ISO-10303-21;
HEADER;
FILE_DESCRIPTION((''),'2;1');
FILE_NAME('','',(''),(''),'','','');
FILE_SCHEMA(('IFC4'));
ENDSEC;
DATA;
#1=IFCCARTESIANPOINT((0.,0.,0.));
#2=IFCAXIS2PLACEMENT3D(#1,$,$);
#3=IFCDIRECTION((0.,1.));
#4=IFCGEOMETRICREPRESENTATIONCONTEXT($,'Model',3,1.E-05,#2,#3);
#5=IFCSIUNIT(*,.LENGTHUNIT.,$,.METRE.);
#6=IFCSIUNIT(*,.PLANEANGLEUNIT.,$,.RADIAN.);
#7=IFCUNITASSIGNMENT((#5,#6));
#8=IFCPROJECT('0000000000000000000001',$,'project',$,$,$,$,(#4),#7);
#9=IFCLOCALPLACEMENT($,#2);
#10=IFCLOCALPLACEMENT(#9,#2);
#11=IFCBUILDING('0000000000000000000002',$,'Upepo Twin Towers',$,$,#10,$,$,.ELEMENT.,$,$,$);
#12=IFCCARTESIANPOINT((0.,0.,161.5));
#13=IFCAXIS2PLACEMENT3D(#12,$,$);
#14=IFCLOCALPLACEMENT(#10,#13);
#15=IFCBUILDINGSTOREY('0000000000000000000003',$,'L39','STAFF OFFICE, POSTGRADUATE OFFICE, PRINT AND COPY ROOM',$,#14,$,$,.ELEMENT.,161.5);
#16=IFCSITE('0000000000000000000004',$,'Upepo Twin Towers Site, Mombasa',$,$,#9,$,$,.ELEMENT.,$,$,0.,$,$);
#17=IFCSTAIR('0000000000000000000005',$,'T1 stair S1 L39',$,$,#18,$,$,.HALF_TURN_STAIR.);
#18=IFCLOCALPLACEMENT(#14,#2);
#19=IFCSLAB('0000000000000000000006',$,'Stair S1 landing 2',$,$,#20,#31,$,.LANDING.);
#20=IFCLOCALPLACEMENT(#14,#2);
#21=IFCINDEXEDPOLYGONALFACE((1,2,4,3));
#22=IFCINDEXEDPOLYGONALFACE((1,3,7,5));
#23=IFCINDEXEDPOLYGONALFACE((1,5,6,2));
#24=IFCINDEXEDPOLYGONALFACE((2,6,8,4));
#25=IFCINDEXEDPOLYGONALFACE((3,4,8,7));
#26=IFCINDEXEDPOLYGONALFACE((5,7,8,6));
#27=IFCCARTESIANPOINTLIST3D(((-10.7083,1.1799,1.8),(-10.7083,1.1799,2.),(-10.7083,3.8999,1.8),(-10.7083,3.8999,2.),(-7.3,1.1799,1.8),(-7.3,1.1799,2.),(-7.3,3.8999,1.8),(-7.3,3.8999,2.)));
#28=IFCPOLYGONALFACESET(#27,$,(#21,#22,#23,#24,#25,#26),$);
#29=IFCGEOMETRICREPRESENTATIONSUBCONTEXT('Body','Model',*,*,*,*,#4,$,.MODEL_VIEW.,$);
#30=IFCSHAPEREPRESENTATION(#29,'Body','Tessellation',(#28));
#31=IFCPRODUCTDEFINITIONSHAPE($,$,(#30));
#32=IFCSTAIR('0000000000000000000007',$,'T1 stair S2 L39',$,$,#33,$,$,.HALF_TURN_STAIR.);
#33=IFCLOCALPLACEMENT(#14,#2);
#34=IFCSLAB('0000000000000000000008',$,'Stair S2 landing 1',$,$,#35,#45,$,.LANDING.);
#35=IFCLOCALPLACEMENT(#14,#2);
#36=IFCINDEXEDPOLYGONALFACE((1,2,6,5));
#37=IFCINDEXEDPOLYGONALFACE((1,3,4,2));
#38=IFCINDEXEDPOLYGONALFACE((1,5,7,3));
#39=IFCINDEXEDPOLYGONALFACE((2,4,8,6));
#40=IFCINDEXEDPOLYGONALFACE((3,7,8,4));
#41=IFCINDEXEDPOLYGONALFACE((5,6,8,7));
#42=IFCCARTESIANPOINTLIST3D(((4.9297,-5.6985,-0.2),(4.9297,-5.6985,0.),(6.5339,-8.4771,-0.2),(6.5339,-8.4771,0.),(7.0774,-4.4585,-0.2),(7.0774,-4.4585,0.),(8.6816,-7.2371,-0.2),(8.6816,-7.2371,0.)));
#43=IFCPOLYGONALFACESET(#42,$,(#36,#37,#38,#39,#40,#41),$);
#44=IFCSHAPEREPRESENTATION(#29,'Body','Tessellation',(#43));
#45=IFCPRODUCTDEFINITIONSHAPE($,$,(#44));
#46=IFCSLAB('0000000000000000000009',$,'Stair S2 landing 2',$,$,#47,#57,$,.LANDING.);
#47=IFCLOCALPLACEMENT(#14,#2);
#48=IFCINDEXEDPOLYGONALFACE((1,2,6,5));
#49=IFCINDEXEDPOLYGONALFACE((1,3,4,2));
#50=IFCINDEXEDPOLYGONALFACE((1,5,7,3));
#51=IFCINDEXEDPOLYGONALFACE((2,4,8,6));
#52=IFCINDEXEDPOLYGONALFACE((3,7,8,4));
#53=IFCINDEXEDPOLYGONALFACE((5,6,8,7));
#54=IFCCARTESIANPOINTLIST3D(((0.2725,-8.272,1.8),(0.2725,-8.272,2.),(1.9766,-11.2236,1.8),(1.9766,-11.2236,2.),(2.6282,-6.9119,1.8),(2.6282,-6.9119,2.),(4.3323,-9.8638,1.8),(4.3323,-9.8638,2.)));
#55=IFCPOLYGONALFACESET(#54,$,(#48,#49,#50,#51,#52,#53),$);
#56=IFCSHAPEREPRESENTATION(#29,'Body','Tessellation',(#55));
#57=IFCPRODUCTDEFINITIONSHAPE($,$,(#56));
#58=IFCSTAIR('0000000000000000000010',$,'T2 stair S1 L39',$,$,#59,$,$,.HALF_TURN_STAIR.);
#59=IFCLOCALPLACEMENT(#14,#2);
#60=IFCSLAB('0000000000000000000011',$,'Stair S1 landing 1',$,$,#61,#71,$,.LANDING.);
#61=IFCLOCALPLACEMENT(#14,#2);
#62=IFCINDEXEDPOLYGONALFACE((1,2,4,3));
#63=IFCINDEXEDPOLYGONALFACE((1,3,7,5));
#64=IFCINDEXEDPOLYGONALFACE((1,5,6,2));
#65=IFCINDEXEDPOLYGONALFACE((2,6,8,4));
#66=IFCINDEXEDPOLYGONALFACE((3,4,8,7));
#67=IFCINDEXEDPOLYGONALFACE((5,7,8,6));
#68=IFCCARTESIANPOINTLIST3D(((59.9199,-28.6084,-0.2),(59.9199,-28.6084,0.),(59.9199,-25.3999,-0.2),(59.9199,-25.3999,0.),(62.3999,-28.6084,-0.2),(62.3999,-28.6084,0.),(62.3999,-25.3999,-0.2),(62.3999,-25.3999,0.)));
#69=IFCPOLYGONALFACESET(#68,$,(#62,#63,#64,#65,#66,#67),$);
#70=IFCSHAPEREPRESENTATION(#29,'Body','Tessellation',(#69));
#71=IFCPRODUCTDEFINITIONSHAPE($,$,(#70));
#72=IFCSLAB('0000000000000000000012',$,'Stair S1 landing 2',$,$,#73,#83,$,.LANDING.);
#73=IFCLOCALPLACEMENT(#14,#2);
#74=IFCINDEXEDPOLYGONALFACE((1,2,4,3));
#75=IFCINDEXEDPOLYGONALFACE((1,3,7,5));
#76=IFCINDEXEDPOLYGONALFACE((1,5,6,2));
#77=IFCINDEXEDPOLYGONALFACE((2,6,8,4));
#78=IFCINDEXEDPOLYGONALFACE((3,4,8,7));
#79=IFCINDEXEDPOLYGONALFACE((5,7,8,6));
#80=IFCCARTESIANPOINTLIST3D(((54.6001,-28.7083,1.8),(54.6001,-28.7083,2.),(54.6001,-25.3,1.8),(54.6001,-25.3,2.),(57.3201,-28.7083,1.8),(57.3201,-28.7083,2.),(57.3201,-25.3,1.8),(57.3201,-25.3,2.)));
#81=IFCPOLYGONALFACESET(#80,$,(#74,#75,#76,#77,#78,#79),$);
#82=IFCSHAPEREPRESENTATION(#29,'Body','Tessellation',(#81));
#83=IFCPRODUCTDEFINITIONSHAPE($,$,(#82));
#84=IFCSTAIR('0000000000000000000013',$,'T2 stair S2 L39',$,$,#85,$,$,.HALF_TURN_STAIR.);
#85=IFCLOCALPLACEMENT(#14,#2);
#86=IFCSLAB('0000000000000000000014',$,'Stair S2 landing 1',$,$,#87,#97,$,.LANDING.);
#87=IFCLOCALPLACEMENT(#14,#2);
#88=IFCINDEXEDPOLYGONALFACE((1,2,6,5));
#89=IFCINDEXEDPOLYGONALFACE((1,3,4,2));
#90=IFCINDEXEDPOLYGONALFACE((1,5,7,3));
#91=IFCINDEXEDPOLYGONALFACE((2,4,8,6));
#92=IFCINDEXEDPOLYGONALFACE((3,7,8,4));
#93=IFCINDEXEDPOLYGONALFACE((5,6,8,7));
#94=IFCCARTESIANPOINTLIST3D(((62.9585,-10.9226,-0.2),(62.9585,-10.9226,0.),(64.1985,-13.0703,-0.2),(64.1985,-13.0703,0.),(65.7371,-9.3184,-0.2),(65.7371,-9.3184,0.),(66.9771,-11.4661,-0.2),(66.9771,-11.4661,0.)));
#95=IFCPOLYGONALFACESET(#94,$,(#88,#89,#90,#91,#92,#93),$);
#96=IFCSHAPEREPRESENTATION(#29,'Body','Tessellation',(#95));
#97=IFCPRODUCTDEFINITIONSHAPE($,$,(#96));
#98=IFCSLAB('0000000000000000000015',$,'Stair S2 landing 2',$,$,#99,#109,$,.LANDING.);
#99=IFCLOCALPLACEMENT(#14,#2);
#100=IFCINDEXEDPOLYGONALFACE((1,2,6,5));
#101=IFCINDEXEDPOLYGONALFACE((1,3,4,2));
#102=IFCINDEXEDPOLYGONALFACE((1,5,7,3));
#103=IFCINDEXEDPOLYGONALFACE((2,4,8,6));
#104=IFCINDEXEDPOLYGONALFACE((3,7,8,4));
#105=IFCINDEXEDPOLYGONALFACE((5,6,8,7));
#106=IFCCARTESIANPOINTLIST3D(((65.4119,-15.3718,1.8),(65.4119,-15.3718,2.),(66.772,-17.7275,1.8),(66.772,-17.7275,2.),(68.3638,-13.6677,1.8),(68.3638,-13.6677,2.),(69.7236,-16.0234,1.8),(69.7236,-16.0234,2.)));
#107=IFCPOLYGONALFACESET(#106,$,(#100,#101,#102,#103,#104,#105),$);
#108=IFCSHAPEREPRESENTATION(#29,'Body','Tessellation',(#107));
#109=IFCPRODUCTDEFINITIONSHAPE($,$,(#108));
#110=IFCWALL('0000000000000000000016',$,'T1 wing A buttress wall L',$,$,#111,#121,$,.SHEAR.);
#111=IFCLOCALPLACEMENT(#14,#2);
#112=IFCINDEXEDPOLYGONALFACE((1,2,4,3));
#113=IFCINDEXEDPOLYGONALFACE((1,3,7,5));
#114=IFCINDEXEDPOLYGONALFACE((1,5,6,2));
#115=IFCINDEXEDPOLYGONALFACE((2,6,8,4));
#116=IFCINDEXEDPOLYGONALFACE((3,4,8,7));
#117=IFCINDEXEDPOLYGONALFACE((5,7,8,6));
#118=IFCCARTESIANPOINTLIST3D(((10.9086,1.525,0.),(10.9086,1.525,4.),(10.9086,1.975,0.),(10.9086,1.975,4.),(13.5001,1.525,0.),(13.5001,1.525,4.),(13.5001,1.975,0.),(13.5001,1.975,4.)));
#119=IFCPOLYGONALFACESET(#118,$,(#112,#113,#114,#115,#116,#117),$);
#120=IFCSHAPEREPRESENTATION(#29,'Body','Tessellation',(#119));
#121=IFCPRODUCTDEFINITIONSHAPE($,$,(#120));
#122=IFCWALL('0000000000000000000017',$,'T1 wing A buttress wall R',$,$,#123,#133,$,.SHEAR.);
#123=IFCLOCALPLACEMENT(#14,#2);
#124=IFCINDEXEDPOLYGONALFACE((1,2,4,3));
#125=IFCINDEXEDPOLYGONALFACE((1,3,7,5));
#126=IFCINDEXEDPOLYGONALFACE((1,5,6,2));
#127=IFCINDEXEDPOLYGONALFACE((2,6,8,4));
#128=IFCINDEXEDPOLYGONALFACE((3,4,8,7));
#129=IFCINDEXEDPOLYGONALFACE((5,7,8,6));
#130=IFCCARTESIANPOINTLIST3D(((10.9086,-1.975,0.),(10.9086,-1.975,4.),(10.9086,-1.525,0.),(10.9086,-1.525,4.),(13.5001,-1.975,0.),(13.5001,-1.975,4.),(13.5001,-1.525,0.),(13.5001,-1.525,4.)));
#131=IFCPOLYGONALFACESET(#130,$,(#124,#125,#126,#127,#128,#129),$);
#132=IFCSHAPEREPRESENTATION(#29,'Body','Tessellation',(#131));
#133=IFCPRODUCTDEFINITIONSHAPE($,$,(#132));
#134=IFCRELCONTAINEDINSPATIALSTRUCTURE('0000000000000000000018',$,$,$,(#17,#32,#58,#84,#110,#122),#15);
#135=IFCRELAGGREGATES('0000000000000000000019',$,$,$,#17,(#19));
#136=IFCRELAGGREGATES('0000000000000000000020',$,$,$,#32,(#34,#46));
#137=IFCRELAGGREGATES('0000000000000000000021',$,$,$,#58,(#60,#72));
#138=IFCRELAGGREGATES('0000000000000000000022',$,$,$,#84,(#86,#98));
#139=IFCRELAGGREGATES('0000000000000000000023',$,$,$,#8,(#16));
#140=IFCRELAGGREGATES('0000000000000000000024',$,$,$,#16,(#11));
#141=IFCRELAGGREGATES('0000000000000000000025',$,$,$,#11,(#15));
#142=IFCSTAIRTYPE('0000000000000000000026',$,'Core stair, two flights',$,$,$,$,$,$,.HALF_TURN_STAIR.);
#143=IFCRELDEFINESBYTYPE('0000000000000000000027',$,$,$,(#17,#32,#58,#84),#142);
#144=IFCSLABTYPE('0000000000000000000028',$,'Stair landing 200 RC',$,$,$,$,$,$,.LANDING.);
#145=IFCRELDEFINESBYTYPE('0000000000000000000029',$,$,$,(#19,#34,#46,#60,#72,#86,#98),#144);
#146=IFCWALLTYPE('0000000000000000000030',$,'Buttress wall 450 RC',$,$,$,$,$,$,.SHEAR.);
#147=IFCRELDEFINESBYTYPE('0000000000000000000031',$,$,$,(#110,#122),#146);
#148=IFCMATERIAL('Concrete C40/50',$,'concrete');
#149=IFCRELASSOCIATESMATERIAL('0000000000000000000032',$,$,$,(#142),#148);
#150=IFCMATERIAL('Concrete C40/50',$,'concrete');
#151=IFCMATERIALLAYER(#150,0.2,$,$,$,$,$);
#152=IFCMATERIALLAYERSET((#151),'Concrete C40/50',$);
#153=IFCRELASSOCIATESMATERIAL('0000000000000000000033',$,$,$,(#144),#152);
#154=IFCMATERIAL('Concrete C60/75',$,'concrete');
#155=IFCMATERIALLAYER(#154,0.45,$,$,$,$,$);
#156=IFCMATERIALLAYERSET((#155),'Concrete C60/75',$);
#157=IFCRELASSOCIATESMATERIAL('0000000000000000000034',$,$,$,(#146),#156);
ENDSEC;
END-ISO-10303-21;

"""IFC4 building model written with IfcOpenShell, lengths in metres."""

from ifc_helpers import new_model, si_unit, direction, frame, frame_2d, origin, place, context, subcontext, project, spatial, polyline, rectangle, outline, extrude, material, layer, layer_set, type_object, element, aggregate, save


model = new_model("IFC4")

# Units and contexts
model_context = context("Model", 3, precision=1e-05, world=origin(), true_north=direction((0.0, 1.0)))
body_context = subcontext(model_context, "Body", "Model", "MODEL_VIEW")
ifc_project = project(units=[si_unit("LENGTHUNIT", "METRE"), si_unit("PLANEANGLEUNIT", "RADIAN")], contexts=[model_context])

# Site, building, storey
site_placement = place(None, origin())
site = spatial("IfcSite", under=ifc_project, at=site_placement, Name="Upepo Twin Towers Site, Mombasa", CompositionType="ELEMENT", RefElevation=0.0)
building_placement = place(site_placement, origin())
building = spatial("IfcBuilding", under=site, at=building_placement, Name="Upepo Twin Towers", CompositionType="ELEMENT")
storey_placement = place(building_placement, frame((0.0, 0.0, 161.5)))
storey = spatial("IfcBuildingStorey", under=building, at=storey_placement, Name="L39", Description="STAFF OFFICE, POSTGRADUATE OFFICE, PRINT AND COPY ROOM", CompositionType="ELEMENT", Elevation=161.5)

# Stair, slab
ifc_material_1 = material(Name="Concrete C40/50", Category="concrete")
stair_type = type_object("IfcStairType", Name="Core stair, two flights", PredefinedType="HALF_TURN_STAIR", material=ifc_material_1)
stair_1_placement = place(storey_placement, origin())
stair_1 = element("IfcStair", 1, at=stair_1_placement, inside=storey, type_object=stair_type, Name="T1 stair S1 L39", PredefinedType="HALF_TURN_STAIR")
ifc_material_2 = material(Name="Concrete C40/50", Category="concrete")
ifc_layer_1 = layer(ifc_material_2, 0.2)
ifc_layer_set_1 = layer_set([ifc_layer_1], Name="Concrete C40/50")
slab_type = type_object("IfcSlabType", Name="Stair landing 200 RC", PredefinedType="LANDING", material=ifc_layer_set_1)
slab_1_placement = place(storey_placement, frame((0.0, 0.0, 1.8)))
slab_1 = element("IfcSlab", 2, at=slab_1_placement, type_object=slab_type, Name="Stair S1 landing 2", PredefinedType="LANDING", context=body_context, shape_type="SweptSolid", body=[
    extrude(outline(polyline([(-7.3, 3.8999), (-10.7083, 3.8999), (-10.7083, 1.1799), (-7.3, 1.1799), (-7.3, 3.8999)])), origin(), (0.0, 0.0, 1.0), 0.2),
])
aggregate(stair_1, [slab_1])

# Stairs, slabs
stair_2_placement = place(storey_placement, origin())
stair_2 = element("IfcStair", 3, at=stair_2_placement, inside=storey, type_object=stair_type, Name="T1 stair S2 L39", PredefinedType="HALF_TURN_STAIR")
slab_2_placement = place(storey_placement, frame((0.0, 0.0, -0.2)))
slab_2 = element("IfcSlab", 4, at=slab_2_placement, type_object=slab_type, Name="Stair S2 landing 1", PredefinedType="LANDING", context=body_context, shape_type="SweptSolid", body=[
    extrude(outline(polyline([(4.9297, -5.6985), (6.5339, -8.4771), (8.6816, -7.2371), (7.0774, -4.4585), (4.9297, -5.6985)])), origin(), (0.0, 0.0, 1.0), 0.2),
])
slab_3_placement = place(storey_placement, frame((0.0, 0.0, 1.8)))
slab_3 = element("IfcSlab", 5, at=slab_3_placement, type_object=slab_type, Name="Stair S2 landing 2", PredefinedType="LANDING", context=body_context, shape_type="SweptSolid", body=[
    extrude(outline(polyline([(0.2725, -8.272), (1.9766, -11.2236), (4.3323, -9.8638), (2.6282, -6.9119), (0.2725, -8.272)])), origin(), (0.0, 0.0, 1.0), 0.2),
])
aggregate(stair_2, [slab_2, slab_3])
stair_3_placement = place(storey_placement, origin())
stair_3 = element("IfcStair", 6, at=stair_3_placement, inside=storey, type_object=stair_type, Name="T2 stair S1 L39", PredefinedType="HALF_TURN_STAIR")
slab_4_placement = place(storey_placement, frame((0.0, 0.0, -0.2)))
slab_4 = element("IfcSlab", 7, at=slab_4_placement, type_object=slab_type, Name="Stair S1 landing 1", PredefinedType="LANDING", context=body_context, shape_type="SweptSolid", body=[
    extrude(outline(polyline([(59.9199, -25.3999), (59.9199, -28.6084), (62.3999, -28.6084), (62.3999, -25.3999), (59.9199, -25.3999)])), origin(), (0.0, 0.0, 1.0), 0.2),
])
slab_5_placement = place(storey_placement, frame((0.0, 0.0, 1.8)))
slab_5 = element("IfcSlab", 8, at=slab_5_placement, type_object=slab_type, Name="Stair S1 landing 2", PredefinedType="LANDING", context=body_context, shape_type="SweptSolid", body=[
    extrude(outline(polyline([(54.6001, -25.3), (54.6001, -28.7083), (57.3201, -28.7083), (57.3201, -25.3), (54.6001, -25.3)])), origin(), (0.0, 0.0, 1.0), 0.2),
])
aggregate(stair_3, [slab_4, slab_5])
stair_4_placement = place(storey_placement, origin())
stair_4 = element("IfcStair", 9, at=stair_4_placement, inside=storey, type_object=stair_type, Name="T2 stair S2 L39", PredefinedType="HALF_TURN_STAIR")
slab_6_placement = place(storey_placement, frame((0.0, 0.0, -0.2)))
slab_6 = element("IfcSlab", 10, at=slab_6_placement, type_object=slab_type, Name="Stair S2 landing 1", PredefinedType="LANDING", context=body_context, shape_type="SweptSolid", body=[
    extrude(outline(polyline([(64.1985, -13.0703), (66.9771, -11.4661), (65.7371, -9.3184), (62.9585, -10.9226), (64.1985, -13.0703)])), origin(), (0.0, 0.0, 1.0), 0.2),
])
slab_7_placement = place(storey_placement, frame((0.0, 0.0, 1.8)))
slab_7 = element("IfcSlab", 11, at=slab_7_placement, type_object=slab_type, Name="Stair S2 landing 2", PredefinedType="LANDING", context=body_context, shape_type="SweptSolid", body=[
    extrude(outline(polyline([(66.772, -17.7275), (69.7236, -16.0234), (68.3638, -13.6677), (65.4119, -15.3718), (66.772, -17.7275)])), origin(), (0.0, 0.0, 1.0), 0.2),
])
aggregate(stair_4, [slab_6, slab_7])

# Walls
ifc_material_3 = material(Name="Concrete C60/75", Category="concrete")
ifc_layer_2 = layer(ifc_material_3, 0.45)
ifc_layer_set_2 = layer_set([ifc_layer_2], Name="Concrete C60/75")
wall_type_1 = type_object("IfcWallType", Name="Buttress wall 450 RC", PredefinedType="SHEAR", material=ifc_layer_set_2)
for number, where, z_axis, x_axis, name in (
    (12, (10.9084, 1.75, 0.0), (0.0, 0.0, 1.0), (1.0, 0.0, 0.0), "T1 wing A buttress wall L"),
    (13, (10.9084, -1.75, 0.0), (0.0, 0.0, 1.0), (1.0, 0.0, 0.0), "T1 wing A buttress wall R"),
):
    element("IfcWall", number, at=place(storey_placement, frame(where, z_axis=z_axis, x_axis=x_axis)), inside=storey, type_object=wall_type_1, Name=name, PredefinedType="SHEAR", context=body_context, shape_type="SweptSolid", body=[
        extrude(rectangle(XDim=2.5916, YDim=0.45, at=frame_2d((1.2959, 0.0))), origin(), (0.0, 0.0, 1.0), 4.0),
    ])

save(model, "model.ifc")
